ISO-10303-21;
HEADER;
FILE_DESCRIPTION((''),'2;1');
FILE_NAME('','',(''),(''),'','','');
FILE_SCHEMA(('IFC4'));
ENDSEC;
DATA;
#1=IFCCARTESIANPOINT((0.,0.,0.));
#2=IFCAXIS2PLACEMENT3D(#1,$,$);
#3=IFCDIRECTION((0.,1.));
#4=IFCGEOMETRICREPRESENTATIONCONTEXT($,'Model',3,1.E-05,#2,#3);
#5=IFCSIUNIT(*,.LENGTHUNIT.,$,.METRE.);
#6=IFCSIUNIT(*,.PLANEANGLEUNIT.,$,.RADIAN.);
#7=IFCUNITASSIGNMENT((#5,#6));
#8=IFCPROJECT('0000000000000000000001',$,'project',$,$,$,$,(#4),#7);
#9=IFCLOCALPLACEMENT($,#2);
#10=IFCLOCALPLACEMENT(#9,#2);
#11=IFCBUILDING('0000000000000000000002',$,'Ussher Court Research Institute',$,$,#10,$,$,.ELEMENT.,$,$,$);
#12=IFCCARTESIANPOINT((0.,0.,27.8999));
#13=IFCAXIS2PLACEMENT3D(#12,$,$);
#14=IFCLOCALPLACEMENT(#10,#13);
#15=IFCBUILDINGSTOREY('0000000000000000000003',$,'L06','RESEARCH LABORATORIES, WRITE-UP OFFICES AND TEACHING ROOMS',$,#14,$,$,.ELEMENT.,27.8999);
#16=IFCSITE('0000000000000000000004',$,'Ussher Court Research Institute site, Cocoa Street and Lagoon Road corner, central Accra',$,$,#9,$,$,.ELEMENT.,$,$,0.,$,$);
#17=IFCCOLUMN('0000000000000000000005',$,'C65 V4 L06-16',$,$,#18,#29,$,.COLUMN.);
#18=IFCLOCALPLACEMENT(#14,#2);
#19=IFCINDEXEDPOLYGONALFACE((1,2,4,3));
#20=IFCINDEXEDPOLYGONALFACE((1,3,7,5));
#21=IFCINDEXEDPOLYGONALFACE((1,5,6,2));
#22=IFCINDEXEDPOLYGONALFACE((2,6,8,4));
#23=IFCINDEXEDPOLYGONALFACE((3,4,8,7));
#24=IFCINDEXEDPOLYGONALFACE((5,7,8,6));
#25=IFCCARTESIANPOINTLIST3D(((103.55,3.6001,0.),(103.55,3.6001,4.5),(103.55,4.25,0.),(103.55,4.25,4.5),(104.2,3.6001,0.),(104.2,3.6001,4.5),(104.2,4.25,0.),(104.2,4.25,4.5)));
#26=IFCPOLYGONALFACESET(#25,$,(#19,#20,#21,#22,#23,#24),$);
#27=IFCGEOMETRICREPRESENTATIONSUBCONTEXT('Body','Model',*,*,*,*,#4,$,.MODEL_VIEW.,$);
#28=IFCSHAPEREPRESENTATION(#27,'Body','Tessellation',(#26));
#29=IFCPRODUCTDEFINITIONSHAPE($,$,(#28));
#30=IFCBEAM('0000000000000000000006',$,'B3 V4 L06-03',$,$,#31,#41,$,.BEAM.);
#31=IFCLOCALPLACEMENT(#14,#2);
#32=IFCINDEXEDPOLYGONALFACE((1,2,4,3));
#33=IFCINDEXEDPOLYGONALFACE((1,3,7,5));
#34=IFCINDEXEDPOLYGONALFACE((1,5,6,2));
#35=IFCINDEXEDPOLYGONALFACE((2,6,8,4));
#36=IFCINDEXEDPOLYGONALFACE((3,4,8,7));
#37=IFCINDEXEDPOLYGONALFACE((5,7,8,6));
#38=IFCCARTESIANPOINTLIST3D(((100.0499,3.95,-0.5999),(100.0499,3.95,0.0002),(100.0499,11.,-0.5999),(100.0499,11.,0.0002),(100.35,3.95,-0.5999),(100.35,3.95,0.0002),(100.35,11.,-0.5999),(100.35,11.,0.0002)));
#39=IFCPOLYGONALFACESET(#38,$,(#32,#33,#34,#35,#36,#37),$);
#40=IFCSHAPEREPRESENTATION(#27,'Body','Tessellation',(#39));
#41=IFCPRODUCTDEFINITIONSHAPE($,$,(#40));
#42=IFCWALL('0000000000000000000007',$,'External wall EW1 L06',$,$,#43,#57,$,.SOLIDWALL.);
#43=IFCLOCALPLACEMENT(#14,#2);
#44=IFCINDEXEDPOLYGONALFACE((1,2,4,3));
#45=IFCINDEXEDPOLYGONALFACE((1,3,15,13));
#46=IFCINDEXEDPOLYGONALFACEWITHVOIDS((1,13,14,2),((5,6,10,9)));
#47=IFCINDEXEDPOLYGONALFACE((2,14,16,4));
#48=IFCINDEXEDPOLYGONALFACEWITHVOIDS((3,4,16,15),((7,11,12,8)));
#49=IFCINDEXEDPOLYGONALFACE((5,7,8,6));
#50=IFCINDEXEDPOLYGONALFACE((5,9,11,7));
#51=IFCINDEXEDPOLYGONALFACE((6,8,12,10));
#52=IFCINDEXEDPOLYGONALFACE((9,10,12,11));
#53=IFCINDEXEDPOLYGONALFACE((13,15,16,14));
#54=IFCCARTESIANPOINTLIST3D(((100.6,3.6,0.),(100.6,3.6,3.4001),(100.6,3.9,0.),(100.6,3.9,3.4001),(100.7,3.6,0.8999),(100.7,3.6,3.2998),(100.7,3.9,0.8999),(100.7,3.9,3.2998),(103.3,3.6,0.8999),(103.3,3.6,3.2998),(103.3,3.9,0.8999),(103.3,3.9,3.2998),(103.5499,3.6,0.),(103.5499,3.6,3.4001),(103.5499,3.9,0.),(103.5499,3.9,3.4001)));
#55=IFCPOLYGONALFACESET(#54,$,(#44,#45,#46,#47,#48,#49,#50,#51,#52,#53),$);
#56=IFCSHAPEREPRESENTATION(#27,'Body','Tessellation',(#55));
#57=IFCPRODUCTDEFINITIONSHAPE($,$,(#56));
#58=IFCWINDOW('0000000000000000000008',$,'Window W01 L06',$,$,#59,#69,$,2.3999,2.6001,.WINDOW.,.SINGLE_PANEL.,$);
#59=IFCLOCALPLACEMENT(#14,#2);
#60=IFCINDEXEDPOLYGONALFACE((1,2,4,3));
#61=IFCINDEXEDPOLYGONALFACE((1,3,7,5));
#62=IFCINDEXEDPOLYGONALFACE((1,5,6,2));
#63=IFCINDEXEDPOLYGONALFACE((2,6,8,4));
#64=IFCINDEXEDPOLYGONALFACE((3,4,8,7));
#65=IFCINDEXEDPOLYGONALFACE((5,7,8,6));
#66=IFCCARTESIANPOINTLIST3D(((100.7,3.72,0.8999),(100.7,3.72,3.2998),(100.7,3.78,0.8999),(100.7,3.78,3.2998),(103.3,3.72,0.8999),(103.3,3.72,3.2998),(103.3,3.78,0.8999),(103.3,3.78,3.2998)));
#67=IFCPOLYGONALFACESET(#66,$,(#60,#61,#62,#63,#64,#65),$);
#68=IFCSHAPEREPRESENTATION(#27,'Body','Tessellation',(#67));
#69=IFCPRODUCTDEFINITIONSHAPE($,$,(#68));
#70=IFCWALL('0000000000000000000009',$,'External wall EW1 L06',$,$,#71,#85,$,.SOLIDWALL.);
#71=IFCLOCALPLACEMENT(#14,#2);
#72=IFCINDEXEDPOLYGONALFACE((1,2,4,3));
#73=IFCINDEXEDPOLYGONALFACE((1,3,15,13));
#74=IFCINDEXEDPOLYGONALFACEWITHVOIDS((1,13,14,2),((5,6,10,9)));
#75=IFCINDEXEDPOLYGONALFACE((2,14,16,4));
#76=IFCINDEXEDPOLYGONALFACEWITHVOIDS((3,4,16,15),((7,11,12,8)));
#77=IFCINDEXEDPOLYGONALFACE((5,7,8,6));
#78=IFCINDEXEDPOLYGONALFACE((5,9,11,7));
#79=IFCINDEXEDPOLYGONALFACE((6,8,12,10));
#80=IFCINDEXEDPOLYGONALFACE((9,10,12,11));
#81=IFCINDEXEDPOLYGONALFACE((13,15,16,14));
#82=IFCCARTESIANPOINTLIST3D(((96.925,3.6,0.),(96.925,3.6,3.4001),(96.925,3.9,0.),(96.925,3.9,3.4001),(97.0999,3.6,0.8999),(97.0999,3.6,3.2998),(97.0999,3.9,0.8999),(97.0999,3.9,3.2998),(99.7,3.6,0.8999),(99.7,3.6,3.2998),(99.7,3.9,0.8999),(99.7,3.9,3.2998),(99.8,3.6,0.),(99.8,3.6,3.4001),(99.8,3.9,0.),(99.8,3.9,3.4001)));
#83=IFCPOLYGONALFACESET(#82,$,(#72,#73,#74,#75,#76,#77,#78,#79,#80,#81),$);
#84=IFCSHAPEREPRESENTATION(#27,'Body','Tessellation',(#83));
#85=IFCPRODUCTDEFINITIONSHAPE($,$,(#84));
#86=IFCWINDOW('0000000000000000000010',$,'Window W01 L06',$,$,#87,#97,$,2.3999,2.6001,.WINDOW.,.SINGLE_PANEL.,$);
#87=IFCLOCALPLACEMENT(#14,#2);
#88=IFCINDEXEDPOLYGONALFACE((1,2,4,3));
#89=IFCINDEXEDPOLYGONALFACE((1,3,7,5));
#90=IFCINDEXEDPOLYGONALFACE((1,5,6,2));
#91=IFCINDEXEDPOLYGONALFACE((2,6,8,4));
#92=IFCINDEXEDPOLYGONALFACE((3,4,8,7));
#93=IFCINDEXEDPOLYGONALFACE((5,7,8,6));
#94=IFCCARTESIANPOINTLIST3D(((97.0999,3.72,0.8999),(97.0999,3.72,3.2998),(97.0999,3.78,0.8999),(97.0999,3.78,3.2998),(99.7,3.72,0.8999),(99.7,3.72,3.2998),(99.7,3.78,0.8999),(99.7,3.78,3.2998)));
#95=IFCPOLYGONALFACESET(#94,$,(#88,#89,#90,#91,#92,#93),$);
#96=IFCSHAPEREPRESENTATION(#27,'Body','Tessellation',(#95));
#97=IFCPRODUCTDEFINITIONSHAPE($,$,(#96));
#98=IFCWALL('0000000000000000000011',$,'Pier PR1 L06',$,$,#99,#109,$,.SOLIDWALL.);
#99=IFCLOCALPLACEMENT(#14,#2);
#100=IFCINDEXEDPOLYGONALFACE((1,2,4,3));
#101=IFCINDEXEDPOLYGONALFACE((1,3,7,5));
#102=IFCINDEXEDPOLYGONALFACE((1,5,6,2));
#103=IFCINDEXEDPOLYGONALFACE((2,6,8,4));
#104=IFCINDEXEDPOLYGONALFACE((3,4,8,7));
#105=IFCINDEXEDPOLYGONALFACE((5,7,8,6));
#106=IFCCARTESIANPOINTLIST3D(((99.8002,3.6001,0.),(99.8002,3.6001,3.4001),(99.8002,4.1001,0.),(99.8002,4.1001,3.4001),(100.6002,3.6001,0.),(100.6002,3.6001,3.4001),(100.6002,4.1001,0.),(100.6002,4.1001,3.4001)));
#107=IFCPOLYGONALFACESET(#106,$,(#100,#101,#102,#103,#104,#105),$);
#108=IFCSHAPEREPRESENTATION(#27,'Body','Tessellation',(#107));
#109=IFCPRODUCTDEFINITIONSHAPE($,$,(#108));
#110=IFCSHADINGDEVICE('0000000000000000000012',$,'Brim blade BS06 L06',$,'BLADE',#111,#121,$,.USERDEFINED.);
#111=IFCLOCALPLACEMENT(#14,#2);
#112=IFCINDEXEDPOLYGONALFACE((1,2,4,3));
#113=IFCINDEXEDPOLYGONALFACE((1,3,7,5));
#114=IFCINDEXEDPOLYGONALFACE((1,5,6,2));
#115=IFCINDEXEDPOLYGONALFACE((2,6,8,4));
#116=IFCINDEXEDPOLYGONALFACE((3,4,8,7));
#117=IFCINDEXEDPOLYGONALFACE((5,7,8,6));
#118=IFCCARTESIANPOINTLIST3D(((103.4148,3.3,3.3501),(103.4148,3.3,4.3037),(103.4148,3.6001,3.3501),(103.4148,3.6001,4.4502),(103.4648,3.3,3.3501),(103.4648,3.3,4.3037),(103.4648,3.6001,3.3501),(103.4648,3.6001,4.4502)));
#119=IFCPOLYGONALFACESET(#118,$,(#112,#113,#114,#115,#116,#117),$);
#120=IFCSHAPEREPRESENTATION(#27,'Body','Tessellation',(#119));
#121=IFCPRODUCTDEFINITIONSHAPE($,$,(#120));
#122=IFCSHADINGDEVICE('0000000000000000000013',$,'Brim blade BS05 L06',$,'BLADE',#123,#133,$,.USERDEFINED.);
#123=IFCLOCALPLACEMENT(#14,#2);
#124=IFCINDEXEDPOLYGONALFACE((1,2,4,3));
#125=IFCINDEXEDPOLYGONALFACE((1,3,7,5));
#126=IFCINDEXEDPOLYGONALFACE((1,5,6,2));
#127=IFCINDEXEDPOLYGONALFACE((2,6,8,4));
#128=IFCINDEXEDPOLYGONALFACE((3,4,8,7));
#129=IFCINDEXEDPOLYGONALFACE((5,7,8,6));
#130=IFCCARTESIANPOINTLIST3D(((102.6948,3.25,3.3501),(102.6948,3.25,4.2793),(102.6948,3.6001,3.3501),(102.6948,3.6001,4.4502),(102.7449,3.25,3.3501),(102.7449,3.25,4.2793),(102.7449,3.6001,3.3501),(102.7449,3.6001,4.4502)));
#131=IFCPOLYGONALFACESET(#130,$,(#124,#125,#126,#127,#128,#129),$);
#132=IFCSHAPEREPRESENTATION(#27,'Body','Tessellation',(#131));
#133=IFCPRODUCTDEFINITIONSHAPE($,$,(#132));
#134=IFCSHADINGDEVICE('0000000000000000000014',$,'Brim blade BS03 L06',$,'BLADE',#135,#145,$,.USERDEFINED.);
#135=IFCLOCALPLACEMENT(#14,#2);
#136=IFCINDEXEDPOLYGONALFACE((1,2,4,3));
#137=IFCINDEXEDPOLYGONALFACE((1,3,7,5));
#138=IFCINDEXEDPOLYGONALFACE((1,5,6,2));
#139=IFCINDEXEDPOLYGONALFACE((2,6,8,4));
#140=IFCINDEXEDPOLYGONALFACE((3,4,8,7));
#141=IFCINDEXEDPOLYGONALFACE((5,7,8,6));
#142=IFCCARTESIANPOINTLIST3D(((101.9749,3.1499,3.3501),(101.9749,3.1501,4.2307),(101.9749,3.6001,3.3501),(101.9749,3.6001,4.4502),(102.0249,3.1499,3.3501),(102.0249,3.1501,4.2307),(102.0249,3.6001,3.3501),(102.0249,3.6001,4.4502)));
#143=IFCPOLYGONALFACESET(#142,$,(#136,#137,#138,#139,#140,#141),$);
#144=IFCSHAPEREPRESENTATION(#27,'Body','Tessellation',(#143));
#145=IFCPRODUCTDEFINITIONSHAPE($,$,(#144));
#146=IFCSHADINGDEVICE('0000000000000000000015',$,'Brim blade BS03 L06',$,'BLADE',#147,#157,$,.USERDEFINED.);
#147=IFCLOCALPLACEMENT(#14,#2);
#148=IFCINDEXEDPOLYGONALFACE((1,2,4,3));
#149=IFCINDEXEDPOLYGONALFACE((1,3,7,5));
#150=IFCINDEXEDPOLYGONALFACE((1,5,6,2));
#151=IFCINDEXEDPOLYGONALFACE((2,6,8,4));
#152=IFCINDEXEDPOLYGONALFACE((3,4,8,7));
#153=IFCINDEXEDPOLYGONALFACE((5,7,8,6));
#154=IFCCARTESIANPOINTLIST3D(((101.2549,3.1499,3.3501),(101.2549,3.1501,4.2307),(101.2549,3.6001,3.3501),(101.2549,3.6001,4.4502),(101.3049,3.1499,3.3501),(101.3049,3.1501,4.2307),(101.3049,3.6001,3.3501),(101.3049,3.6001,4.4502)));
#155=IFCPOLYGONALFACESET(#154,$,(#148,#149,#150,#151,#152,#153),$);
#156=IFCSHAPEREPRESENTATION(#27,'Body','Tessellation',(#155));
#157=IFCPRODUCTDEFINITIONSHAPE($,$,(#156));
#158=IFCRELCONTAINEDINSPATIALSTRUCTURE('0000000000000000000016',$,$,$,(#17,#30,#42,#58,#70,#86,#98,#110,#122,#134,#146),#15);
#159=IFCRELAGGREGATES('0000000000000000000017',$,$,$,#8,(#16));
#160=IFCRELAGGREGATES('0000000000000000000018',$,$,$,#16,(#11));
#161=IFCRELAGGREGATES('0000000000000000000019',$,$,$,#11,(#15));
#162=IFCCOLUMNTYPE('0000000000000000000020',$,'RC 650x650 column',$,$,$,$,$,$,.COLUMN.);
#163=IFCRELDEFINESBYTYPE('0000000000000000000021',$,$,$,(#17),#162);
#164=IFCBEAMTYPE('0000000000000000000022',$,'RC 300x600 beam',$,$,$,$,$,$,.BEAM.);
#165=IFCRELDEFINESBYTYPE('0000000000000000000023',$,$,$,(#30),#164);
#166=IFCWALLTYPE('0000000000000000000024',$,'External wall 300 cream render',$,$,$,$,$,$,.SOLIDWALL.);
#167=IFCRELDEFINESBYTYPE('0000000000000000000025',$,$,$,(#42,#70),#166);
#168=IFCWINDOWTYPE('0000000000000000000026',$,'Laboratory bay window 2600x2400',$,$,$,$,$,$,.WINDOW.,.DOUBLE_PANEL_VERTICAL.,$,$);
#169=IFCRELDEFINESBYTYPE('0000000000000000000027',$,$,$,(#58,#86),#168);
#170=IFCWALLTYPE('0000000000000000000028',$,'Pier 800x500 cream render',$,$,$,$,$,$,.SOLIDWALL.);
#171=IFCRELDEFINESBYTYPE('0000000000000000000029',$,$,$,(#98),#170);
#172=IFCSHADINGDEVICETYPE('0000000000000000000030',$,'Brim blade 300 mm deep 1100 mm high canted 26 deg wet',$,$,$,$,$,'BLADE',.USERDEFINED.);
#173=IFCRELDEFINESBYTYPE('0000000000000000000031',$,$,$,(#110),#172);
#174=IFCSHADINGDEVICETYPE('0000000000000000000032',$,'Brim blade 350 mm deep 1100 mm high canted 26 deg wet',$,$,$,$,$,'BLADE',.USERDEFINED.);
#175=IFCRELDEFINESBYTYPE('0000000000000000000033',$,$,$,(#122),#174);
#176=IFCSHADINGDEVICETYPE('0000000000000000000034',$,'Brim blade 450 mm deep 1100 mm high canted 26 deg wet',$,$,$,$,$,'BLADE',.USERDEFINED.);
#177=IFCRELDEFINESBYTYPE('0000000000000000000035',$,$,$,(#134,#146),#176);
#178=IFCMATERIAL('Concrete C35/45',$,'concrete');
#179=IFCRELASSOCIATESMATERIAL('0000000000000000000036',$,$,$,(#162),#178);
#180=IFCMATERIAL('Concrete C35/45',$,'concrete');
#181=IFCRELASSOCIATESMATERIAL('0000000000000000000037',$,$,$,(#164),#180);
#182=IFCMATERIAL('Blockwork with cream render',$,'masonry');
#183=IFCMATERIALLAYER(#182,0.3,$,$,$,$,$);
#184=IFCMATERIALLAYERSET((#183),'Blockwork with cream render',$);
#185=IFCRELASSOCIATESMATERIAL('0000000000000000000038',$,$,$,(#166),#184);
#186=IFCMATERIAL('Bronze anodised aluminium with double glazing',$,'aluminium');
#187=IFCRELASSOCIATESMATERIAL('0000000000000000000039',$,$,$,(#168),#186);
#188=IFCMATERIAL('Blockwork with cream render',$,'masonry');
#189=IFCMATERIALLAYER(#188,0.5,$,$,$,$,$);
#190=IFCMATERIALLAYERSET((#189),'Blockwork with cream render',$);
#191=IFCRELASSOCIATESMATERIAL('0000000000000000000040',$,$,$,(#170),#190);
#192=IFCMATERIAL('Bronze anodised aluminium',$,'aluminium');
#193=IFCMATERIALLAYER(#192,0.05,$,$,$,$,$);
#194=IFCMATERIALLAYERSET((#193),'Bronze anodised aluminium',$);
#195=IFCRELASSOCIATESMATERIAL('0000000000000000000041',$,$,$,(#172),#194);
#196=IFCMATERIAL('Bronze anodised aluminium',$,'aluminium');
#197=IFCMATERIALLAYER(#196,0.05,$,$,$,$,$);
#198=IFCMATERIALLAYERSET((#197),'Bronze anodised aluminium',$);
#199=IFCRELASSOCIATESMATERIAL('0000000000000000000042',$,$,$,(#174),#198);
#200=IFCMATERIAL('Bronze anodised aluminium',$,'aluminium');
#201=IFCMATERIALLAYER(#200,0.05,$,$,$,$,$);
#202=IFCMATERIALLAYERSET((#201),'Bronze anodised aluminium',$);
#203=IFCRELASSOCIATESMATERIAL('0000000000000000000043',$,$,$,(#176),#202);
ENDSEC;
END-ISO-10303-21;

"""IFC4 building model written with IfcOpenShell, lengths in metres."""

from ifc_helpers import new_model, si_unit, direction, frame, frame_2d, origin, origin_2d, place, context, subcontext, project, spatial, polyline, rectangle, outline, extrude, material, layer, layer_set, material_profile, profile_set, type_object, element, fill, save


model = new_model("IFC4")

# Units and contexts
model_context = context("Model", 3, precision=1e-05, world=origin(), true_north=direction((0.0, 1.0)))
body_context = subcontext(model_context, "Body", "Model", "MODEL_VIEW")
ifc_project = project(units=[si_unit("LENGTHUNIT", "METRE"), si_unit("PLANEANGLEUNIT", "RADIAN")], contexts=[model_context])

# Site, building, storey
site_placement = place(None, origin())
site = spatial("IfcSite", under=ifc_project, at=site_placement, Name="Ussher Court Research Institute site, Cocoa Street and Lagoon Road corner, central Accra", CompositionType="ELEMENT", RefElevation=0.0)
building_placement = place(site_placement, origin())
building = spatial("IfcBuilding", under=site, at=building_placement, Name="Ussher Court Research Institute", CompositionType="ELEMENT")
storey_placement = place(building_placement, frame((0.0, 0.0, 27.8999)))
storey = spatial("IfcBuildingStorey", under=building, at=storey_placement, Name="L06", Description="RESEARCH LABORATORIES, WRITE-UP OFFICES AND TEACHING ROOMS", CompositionType="ELEMENT", Elevation=27.8999)

# Column
ifc_material_1 = material(Name="Concrete C35/45", Category="concrete")
ifc_material_profile_1 = material_profile(ifc_material_1, rectangle(XDim=0.6499, YDim=0.6499, at=origin_2d()), Name="RC 650x650")
ifc_profile_set_1 = profile_set([ifc_material_profile_1], Name="Concrete C35/45")
column_type = type_object("IfcColumnType", Name="RC 650x650 column", PredefinedType="COLUMN", material=ifc_profile_set_1)
column_placement = place(storey_placement, frame((103.875, 3.925, 0.0), z_axis=(0.0, 0.0, 1.0), x_axis=(1.0, 0.0, 0.0)))
element("IfcColumn", 1, at=column_placement, inside=storey, type_object=column_type, Name="C65 V4 L06-16", PredefinedType="COLUMN", context=body_context, shape_type="SweptSolid", body=[
    extrude(rectangle(XDim=0.6499, YDim=0.6499, at=origin_2d()), origin(), (0.0, 0.0, 1.0), 4.5),
])

# Beam
ifc_material_2 = material(Name="Concrete C35/45", Category="concrete")
ifc_material_profile_2 = material_profile(ifc_material_2, rectangle(XDim=0.3, YDim=0.6001, at=origin_2d()), Name="RC 300x600")
ifc_profile_set_2 = profile_set([ifc_material_profile_2], Name="Concrete C35/45")
beam_type = type_object("IfcBeamType", Name="RC 300x600 beam", PredefinedType="BEAM", material=ifc_profile_set_2)
beam_placement = place(storey_placement, frame((100.2, 3.95, -0.2998), z_axis=(0.0, 1.0, 0.0), x_axis=(-1.0, 0.0, 0.0)))
element("IfcBeam", 2, at=beam_placement, inside=storey, type_object=beam_type, Name="B3 V4 L06-03", PredefinedType="BEAM", context=body_context, shape_type="SweptSolid", body=[
    extrude(rectangle(XDim=0.3, YDim=0.6001, at=origin_2d()), origin(), (0.0, 0.0, 1.0), 7.05),
])

# Walls, openings, windows
ifc_material_3 = material(Name="Blockwork with cream render", Category="masonry")
ifc_layer_1 = layer(ifc_material_3, 0.3)
ifc_layer_set_1 = layer_set([ifc_layer_1], Name="Blockwork with cream render")
wall_type_1 = type_object("IfcWallType", Name="External wall 300 cream render", PredefinedType="SOLIDWALL", material=ifc_layer_set_1)
wall_1_placement = place(storey_placement, frame((103.55, 3.75, 0.0), z_axis=(0.0, 0.0, 1.0), x_axis=(-1.0, 0.0, 0.0)))
wall_1 = element("IfcWall", 3, at=wall_1_placement, inside=storey, type_object=wall_type_1, Name="External wall EW1 L06", PredefinedType="SOLIDWALL", context=body_context, shape_type="SweptSolid", body=[
    extrude(rectangle(XDim=2.95, YDim=0.3, at=frame_2d((1.4751, 0.0))), origin(), (0.0, 0.0, 1.0), 3.4001),
])
opening_1_placement = place(wall_1_placement, frame((0.25, 0.0, 0.8999)))
opening_1 = element("IfcOpeningElement", 4, at=opening_1_placement, cuts=wall_1, PredefinedType="OPENING", context=body_context, shape_type="SweptSolid", body=[
    extrude(rectangle(XDim=2.6001, YDim=2.3999, at=frame_2d((1.3, 1.2))), frame((0.0, 0.1602, 0.0), z_axis=(0.0, -1.0, 0.0), x_axis=(1.0, 0.0, 0.0)), (0.0, 0.0, 1.0), 0.3201),
])
ifc_material_4 = material(Name="Bronze anodised aluminium with double glazing", Category="aluminium")
window_type = type_object("IfcWindowType", Name="Laboratory bay window 2600x2400", PartitioningType="DOUBLE_PANEL_VERTICAL", PredefinedType="WINDOW", material=ifc_material_4)
window_1_placement = place(opening_1_placement, origin())
window_1 = element("IfcWindow", 5, at=window_1_placement, inside=storey, type_object=window_type, Name="Window W01 L06", OverallHeight=2.3999, OverallWidth=2.6001, PartitioningType="SINGLE_PANEL", PredefinedType="WINDOW", context=body_context, shape_type="SweptSolid", body=[
    extrude(rectangle(XDim=2.6001, YDim=2.3999, at=frame_2d((1.3, 1.2))), frame((0.0, 0.03, 0.0), z_axis=(0.0, -1.0, 0.0), x_axis=(1.0, 0.0, 0.0)), (0.0, 0.0, 1.0), 0.0601),
])
fill(opening_1, window_1)
wall_2_placement = place(storey_placement, frame((99.8, 3.75, 0.0), z_axis=(0.0, 0.0, 1.0), x_axis=(-1.0, 0.0, 0.0)))
wall_2 = element("IfcWall", 6, at=wall_2_placement, inside=storey, type_object=wall_type_1, Name="External wall EW1 L06", PredefinedType="SOLIDWALL", context=body_context, shape_type="SweptSolid", body=[
    extrude(rectangle(XDim=2.875, YDim=0.3, at=frame_2d((1.4375, 0.0))), origin(), (0.0, 0.0, 1.0), 3.4001),
])
opening_2_placement = place(wall_2_placement, frame((0.1001, 0.0, 0.8999)))
opening_2 = element("IfcOpeningElement", 7, at=opening_2_placement, cuts=wall_2, PredefinedType="OPENING", context=body_context, shape_type="SweptSolid", body=[
    extrude(rectangle(XDim=2.6001, YDim=2.3999, at=frame_2d((1.3, 1.2))), frame((0.0, 0.1602, 0.0), z_axis=(0.0, -1.0, 0.0), x_axis=(1.0, 0.0, 0.0)), (0.0, 0.0, 1.0), 0.3201),
])
window_2_placement = place(opening_2_placement, origin())
window_2 = element("IfcWindow", 8, at=window_2_placement, inside=storey, type_object=window_type, Name="Window W01 L06", OverallHeight=2.3999, OverallWidth=2.6001, PartitioningType="SINGLE_PANEL", PredefinedType="WINDOW", context=body_context, shape_type="SweptSolid", body=[
    extrude(rectangle(XDim=2.6001, YDim=2.3999, at=frame_2d((1.3, 1.2))), frame((0.0, 0.03, 0.0), z_axis=(0.0, -1.0, 0.0), x_axis=(1.0, 0.0, 0.0)), (0.0, 0.0, 1.0), 0.0601),
])
fill(opening_2, window_2)

# Wall
ifc_material_5 = material(Name="Blockwork with cream render", Category="masonry")
ifc_layer_2 = layer(ifc_material_5, 0.5)
ifc_layer_set_2 = layer_set([ifc_layer_2], Name="Blockwork with cream render")
wall_type_2 = type_object("IfcWallType", Name="Pier 800x500 cream render", PredefinedType="SOLIDWALL", material=ifc_layer_set_2)
wall_3_placement = place(storey_placement, frame((100.6001, 3.8501, 0.0), z_axis=(0.0, 0.0, 1.0), x_axis=(-1.0, 0.0, 0.0)))
element("IfcWall", 9, at=wall_3_placement, inside=storey, type_object=wall_type_2, Name="Pier PR1 L06", PredefinedType="SOLIDWALL", context=body_context, shape_type="SweptSolid", body=[
    extrude(rectangle(XDim=0.8, YDim=0.5, at=frame_2d((0.3999, 0.0))), origin(), (0.0, 0.0, 1.0), 3.4001),
])

# Shading devices
ifc_material_6 = material(Name="Bronze anodised aluminium", Category="aluminium")
ifc_layer_3 = layer(ifc_material_6, 0.05)
ifc_layer_set_3 = layer_set([ifc_layer_3], Name="Bronze anodised aluminium")
shading_device_type_1 = type_object("IfcShadingDeviceType", Name="Brim blade 300 mm deep 1100 mm high canted 26 deg wet", ElementType="BLADE", PredefinedType="USERDEFINED", material=ifc_layer_set_3)
shading_device_1_placement = place(storey_placement, frame((103.4399, 3.6001, 3.3501), z_axis=(0.0, 0.0, 1.0), x_axis=(0.0, -1.0, 0.0)))
element("IfcShadingDevice", 10, at=shading_device_1_placement, inside=storey, type_object=shading_device_type_1, Name="Brim blade BS06 L06", ObjectType="BLADE", PredefinedType="USERDEFINED", context=body_context, shape_type="SweptSolid", body=[
    extrude(outline(polyline([(0.0, 0.0), (0.3, 0.0), (0.3, 0.9536), (0.0, 1.1001), (0.0, 0.0)])), frame((0.0, 0.0249, 0.0), z_axis=(0.0, -1.0, 0.0), x_axis=(1.0, 0.0, 0.0)), (0.0, 0.0, 1.0), 0.05),
])
ifc_material_7 = material(Name="Bronze anodised aluminium", Category="aluminium")
ifc_layer_4 = layer(ifc_material_7, 0.05)
ifc_layer_set_4 = layer_set([ifc_layer_4], Name="Bronze anodised aluminium")
shading_device_type_2 = type_object("IfcShadingDeviceType", Name="Brim blade 350 mm deep 1100 mm high canted 26 deg wet", ElementType="BLADE", PredefinedType="USERDEFINED", material=ifc_layer_set_4)
shading_device_2_placement = place(storey_placement, frame((102.72, 3.6001, 3.3501), z_axis=(0.0, 0.0, 1.0), x_axis=(0.0, -1.0, 0.0)))
element("IfcShadingDevice", 11, at=shading_device_2_placement, inside=storey, type_object=shading_device_type_2, Name="Brim blade BS05 L06", ObjectType="BLADE", PredefinedType="USERDEFINED", context=body_context, shape_type="SweptSolid", body=[
    extrude(outline(polyline([(0.0, 0.0), (0.3501, 0.0), (0.3501, 0.9292), (0.0, 1.1001), (0.0, 0.0)])), frame((0.0, 0.0249, 0.0), z_axis=(0.0, -1.0, 0.0), x_axis=(1.0, 0.0, 0.0)), (0.0, 0.0, 1.0), 0.05),
])
ifc_material_8 = material(Name="Bronze anodised aluminium", Category="aluminium")
ifc_layer_5 = layer(ifc_material_8, 0.05)
ifc_layer_set_5 = layer_set([ifc_layer_5], Name="Bronze anodised aluminium")
shading_device_type_3 = type_object("IfcShadingDeviceType", Name="Brim blade 450 mm deep 1100 mm high canted 26 deg wet", ElementType="BLADE", PredefinedType="USERDEFINED", material=ifc_layer_set_5)
for number, where, z_axis, x_axis, name in (
    (12, (102.0, 3.6001, 3.3501), (0.0, 0.0, 1.0), (0.0, -1.0, 0.0), "Brim blade BS03 L06"),
    (13, (101.28, 3.6001, 3.3501), (0.0, 0.0, 1.0), (0.0, -1.0, 0.0), "Brim blade BS03 L06"),
):
    element("IfcShadingDevice", number, at=place(storey_placement, frame(where, z_axis=z_axis, x_axis=x_axis)), inside=storey, type_object=shading_device_type_3, Name=name, ObjectType="BLADE", PredefinedType="USERDEFINED", context=body_context, shape_type="SweptSolid", body=[
        extrude(outline(polyline([(0.0, 0.0), (0.4502, 0.0), (0.45, 0.8806), (0.0, 1.1001), (0.0, 0.0)])), frame((0.0, 0.0249, 0.0), z_axis=(0.0, -1.0, 0.0), x_axis=(1.0, 0.0, 0.0)), (0.0, 0.0, 1.0), 0.05),
    ])

save(model, "model.ifc")
